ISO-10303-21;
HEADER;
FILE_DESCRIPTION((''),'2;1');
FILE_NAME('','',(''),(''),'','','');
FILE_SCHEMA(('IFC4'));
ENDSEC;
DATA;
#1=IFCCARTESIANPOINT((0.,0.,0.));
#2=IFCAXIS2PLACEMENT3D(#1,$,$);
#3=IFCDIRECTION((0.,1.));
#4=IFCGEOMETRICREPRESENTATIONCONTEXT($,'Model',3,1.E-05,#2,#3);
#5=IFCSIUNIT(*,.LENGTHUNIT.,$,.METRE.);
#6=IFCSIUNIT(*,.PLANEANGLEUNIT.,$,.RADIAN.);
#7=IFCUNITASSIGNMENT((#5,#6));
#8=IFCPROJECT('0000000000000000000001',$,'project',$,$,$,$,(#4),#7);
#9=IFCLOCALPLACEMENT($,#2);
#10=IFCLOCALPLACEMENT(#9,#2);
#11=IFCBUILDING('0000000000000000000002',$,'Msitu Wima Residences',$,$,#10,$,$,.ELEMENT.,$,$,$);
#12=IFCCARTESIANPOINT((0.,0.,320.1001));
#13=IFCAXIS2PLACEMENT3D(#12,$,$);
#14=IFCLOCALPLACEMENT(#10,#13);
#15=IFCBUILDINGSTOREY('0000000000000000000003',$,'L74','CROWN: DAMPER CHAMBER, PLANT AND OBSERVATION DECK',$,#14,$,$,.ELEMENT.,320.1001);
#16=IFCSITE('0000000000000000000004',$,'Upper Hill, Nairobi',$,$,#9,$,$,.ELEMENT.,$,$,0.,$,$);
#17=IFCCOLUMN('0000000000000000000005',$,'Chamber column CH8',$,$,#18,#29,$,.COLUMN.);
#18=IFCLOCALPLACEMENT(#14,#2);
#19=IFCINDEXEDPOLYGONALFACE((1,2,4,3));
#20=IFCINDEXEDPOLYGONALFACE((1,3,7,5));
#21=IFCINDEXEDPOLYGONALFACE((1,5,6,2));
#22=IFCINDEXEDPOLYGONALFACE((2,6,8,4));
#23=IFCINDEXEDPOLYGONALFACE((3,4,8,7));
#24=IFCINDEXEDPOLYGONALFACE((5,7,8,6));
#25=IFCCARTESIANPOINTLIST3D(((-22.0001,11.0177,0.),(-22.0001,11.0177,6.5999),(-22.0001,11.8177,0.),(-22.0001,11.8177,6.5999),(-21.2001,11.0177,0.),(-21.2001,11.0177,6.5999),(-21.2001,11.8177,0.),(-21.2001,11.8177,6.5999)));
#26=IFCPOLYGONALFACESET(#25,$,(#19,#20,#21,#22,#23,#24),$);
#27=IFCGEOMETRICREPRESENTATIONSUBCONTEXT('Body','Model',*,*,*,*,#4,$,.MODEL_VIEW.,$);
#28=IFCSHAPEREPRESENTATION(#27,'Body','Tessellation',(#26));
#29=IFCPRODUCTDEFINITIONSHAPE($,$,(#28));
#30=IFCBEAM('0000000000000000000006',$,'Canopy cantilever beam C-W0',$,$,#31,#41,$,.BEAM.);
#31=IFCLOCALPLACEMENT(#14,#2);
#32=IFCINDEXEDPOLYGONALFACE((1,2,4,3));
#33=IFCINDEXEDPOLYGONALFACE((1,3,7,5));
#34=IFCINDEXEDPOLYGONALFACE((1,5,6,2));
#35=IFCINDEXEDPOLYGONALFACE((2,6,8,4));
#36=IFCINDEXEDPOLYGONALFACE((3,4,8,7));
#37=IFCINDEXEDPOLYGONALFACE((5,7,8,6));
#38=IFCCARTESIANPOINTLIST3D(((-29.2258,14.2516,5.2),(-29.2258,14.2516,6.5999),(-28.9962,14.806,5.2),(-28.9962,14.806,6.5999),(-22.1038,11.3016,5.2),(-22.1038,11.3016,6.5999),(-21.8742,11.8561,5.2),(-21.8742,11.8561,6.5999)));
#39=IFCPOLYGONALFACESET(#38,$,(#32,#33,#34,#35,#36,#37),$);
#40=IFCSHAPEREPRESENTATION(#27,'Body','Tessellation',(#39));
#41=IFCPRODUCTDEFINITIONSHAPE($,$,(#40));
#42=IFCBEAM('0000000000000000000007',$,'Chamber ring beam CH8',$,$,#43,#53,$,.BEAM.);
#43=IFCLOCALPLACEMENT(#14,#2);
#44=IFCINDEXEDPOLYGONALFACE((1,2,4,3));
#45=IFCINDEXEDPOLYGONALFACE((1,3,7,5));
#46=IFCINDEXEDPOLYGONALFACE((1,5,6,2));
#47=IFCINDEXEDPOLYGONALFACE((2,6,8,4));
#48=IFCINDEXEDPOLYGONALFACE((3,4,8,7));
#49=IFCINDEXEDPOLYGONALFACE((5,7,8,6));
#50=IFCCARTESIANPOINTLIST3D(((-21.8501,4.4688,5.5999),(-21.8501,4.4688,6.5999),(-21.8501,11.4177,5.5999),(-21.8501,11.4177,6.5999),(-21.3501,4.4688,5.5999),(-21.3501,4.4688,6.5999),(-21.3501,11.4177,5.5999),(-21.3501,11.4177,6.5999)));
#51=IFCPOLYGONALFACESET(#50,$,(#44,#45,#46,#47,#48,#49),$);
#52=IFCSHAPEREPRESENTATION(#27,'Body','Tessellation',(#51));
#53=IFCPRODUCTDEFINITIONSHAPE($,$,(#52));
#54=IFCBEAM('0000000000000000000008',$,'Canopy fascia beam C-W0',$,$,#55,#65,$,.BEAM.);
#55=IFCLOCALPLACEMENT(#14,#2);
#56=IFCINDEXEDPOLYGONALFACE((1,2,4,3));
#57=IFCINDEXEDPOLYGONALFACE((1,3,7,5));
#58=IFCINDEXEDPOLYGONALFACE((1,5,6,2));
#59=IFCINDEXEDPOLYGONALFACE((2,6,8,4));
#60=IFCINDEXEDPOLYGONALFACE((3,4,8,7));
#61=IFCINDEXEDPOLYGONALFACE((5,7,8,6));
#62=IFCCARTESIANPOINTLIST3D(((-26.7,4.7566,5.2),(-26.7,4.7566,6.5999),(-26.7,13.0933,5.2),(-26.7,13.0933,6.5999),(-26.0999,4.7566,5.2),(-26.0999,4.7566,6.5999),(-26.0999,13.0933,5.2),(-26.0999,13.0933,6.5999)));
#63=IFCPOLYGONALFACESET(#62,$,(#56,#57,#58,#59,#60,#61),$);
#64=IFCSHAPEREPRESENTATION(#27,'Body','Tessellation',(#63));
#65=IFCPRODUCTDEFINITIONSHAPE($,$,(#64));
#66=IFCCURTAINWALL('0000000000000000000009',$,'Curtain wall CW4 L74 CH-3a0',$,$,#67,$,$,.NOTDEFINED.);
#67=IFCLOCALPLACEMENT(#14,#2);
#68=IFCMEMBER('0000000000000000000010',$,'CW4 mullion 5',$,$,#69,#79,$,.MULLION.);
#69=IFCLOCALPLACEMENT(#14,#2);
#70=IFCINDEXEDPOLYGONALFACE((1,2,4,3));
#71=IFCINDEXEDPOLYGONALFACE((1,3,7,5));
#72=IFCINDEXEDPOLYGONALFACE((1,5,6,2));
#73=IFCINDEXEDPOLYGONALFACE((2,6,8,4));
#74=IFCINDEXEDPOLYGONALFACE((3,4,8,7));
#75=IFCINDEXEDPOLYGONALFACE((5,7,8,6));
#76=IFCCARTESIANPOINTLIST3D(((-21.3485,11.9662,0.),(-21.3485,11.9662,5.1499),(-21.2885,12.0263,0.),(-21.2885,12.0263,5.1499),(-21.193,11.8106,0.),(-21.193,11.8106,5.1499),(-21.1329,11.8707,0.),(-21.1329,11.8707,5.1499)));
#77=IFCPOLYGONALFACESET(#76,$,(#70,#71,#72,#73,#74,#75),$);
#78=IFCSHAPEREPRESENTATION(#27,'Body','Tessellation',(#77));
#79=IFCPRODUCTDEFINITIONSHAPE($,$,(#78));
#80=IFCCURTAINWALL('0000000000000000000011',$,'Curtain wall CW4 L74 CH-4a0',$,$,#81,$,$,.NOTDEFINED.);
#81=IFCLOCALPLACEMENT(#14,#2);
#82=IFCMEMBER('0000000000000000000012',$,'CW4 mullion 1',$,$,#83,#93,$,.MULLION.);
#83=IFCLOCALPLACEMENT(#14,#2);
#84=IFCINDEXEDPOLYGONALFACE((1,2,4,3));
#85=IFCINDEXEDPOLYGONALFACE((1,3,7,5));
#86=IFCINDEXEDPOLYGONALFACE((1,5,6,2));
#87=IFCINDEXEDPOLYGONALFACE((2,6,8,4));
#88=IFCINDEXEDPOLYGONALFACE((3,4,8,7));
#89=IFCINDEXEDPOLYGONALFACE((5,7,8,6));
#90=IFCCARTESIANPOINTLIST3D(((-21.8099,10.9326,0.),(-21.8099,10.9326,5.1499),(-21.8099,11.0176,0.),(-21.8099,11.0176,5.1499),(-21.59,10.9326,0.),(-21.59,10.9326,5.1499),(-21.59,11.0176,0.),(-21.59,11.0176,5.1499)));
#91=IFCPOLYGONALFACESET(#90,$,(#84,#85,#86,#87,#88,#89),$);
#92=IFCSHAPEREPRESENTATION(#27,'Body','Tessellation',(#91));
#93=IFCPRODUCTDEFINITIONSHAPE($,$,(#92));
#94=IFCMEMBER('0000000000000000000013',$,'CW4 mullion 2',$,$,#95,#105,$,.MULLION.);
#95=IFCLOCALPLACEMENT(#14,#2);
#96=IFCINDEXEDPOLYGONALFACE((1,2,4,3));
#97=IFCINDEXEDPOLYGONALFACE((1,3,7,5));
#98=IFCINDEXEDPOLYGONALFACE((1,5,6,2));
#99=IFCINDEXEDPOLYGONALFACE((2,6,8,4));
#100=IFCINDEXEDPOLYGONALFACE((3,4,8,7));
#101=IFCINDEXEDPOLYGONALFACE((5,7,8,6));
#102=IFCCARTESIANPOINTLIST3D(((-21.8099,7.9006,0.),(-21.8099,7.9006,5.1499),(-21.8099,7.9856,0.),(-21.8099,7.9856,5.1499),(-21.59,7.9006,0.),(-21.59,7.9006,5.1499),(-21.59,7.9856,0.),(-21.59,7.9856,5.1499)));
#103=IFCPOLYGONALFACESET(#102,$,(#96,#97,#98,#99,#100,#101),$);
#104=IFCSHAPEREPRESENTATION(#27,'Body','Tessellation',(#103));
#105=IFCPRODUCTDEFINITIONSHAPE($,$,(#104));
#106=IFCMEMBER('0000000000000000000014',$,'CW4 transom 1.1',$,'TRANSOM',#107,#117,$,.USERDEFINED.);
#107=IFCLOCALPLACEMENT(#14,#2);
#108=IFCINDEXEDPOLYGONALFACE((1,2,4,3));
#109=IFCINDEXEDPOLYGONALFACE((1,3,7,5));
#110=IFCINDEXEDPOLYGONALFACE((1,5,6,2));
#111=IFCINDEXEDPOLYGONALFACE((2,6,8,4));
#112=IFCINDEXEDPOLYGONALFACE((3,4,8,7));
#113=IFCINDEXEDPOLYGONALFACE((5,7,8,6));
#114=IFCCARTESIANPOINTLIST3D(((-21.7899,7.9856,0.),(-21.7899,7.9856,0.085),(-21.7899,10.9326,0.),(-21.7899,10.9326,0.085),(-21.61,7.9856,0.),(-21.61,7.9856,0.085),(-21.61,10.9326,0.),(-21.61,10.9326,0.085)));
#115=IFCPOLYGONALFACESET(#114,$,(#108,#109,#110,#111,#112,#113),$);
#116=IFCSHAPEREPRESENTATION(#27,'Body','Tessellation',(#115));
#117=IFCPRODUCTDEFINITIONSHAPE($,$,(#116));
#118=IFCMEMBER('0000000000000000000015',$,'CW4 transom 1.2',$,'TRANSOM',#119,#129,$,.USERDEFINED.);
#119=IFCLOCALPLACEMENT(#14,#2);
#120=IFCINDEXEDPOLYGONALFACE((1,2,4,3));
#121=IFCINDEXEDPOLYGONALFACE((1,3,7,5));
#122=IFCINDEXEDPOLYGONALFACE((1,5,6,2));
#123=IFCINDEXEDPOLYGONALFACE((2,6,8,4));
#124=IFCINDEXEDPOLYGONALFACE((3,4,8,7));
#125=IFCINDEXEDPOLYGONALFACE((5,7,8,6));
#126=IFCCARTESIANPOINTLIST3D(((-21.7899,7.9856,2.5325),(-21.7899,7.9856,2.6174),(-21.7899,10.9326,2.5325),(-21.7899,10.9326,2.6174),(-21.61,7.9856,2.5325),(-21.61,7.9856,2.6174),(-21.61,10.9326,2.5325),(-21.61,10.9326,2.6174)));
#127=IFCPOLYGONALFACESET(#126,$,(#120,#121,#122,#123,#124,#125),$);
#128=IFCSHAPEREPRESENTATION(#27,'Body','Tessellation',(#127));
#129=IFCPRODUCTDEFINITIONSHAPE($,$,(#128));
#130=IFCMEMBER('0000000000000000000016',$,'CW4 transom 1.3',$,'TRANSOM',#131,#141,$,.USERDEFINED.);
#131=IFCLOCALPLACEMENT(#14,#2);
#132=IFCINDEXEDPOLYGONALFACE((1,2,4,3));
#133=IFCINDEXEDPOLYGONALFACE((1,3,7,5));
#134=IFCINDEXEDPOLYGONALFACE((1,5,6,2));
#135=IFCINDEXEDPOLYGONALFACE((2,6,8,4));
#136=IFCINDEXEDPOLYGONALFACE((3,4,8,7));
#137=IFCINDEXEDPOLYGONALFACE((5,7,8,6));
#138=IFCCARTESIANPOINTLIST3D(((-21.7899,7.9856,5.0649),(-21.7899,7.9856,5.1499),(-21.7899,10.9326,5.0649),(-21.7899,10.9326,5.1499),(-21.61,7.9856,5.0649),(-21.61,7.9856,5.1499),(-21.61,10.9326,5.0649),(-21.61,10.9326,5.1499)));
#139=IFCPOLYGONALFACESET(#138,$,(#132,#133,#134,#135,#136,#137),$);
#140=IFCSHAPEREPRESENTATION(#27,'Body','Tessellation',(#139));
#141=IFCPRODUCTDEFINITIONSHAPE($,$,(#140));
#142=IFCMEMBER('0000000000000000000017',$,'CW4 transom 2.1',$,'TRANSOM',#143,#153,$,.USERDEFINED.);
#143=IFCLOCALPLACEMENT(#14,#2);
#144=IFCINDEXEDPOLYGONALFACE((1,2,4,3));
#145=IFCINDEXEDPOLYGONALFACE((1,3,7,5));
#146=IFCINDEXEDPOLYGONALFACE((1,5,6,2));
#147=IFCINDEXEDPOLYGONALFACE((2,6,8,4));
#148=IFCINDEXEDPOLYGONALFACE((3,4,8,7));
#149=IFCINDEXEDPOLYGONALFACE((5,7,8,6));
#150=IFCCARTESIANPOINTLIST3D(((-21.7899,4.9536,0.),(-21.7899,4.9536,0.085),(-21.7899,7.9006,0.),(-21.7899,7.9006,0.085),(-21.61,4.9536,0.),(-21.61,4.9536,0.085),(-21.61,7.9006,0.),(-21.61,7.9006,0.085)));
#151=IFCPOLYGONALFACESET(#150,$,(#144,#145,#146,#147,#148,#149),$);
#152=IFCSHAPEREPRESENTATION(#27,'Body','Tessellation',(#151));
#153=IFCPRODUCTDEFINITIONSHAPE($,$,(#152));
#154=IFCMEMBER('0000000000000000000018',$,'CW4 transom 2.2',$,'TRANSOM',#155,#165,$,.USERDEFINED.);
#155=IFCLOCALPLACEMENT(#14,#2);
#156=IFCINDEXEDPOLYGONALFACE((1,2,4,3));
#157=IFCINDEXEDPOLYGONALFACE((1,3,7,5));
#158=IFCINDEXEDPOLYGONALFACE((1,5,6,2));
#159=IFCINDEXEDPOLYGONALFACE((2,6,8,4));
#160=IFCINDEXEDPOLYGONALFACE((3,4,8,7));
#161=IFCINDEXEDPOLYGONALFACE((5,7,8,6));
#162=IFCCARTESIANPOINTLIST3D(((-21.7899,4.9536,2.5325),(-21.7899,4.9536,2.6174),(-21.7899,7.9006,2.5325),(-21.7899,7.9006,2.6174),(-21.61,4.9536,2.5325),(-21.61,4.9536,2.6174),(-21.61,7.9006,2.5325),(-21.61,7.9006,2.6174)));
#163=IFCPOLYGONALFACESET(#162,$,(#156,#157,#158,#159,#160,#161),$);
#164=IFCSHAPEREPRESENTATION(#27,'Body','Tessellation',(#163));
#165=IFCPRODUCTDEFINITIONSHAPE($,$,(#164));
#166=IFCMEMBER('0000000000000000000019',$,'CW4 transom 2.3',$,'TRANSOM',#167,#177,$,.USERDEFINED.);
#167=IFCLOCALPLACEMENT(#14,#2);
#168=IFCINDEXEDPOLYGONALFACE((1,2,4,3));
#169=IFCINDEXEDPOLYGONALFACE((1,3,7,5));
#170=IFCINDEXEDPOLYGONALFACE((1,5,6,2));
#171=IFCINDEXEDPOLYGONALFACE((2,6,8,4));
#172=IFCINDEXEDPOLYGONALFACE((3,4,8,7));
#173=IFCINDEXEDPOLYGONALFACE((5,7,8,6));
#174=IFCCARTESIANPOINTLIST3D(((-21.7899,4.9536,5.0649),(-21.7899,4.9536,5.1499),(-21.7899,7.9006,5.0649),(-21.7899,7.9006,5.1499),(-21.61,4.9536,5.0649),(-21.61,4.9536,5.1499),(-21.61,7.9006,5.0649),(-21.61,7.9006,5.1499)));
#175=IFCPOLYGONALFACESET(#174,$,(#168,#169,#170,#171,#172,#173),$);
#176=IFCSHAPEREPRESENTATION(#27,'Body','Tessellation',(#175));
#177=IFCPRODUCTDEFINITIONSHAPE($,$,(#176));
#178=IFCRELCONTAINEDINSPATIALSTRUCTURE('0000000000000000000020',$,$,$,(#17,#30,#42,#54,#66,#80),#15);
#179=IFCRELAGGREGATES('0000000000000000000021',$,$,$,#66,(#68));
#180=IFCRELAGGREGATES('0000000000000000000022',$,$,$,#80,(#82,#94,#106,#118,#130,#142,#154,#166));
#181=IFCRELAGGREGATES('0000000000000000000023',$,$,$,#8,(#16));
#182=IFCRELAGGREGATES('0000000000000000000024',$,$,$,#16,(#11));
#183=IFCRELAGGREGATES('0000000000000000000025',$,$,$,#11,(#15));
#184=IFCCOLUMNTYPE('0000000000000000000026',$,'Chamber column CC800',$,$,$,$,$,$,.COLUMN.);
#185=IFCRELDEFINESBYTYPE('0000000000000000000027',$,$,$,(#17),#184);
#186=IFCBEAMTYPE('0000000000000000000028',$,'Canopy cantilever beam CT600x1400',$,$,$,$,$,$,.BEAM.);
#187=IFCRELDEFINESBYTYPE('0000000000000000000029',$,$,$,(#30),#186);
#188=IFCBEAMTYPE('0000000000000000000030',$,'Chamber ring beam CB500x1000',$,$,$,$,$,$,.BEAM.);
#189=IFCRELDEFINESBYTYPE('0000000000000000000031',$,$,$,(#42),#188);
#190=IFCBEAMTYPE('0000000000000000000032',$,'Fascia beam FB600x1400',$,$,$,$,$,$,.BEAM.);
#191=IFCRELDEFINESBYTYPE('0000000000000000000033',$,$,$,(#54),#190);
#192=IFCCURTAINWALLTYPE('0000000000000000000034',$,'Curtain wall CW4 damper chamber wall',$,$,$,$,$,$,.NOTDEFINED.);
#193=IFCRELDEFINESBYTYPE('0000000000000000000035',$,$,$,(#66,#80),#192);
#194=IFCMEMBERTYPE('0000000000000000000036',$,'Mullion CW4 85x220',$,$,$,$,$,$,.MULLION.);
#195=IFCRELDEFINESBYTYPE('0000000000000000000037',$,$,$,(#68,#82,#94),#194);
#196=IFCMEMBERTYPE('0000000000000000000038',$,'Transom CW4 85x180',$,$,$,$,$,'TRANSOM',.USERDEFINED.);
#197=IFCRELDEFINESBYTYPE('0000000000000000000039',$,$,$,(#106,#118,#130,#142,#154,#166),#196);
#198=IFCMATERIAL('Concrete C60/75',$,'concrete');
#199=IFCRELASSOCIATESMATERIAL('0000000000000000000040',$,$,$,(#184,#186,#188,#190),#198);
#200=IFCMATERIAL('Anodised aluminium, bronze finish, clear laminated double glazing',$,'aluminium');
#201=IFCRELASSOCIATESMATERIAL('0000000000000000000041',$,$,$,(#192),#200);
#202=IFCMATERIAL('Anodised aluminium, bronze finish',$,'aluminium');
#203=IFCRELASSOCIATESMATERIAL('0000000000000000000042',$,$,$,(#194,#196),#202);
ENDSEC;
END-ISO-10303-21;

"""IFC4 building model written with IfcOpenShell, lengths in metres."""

from ifc_helpers import new_model, si_unit, direction, frame, origin, origin_2d, place, context, subcontext, project, spatial, rectangle, extrude, material, material_profile, profile_set, type_object, element, aggregate, save


model = new_model("IFC4")

# Units and contexts
model_context = context("Model", 3, precision=1e-05, world=origin(), true_north=direction((0.0, 1.0)))
body_context = subcontext(model_context, "Body", "Model", "MODEL_VIEW")
ifc_project = project(units=[si_unit("LENGTHUNIT", "METRE"), si_unit("PLANEANGLEUNIT", "RADIAN")], contexts=[model_context])

# Site, building, storey
site_placement = place(None, origin())
site = spatial("IfcSite", under=ifc_project, at=site_placement, Name="Upper Hill, Nairobi", CompositionType="ELEMENT", RefElevation=0.0)
building_placement = place(site_placement, origin())
building = spatial("IfcBuilding", under=site, at=building_placement, Name="Msitu Wima Residences", CompositionType="ELEMENT")
storey_placement = place(building_placement, frame((0.0, 0.0, 320.1001)))
storey = spatial("IfcBuildingStorey", under=building, at=storey_placement, Name="L74", Description="CROWN: DAMPER CHAMBER, PLANT AND OBSERVATION DECK", CompositionType="ELEMENT", Elevation=320.1001)

# Column
ifc_material_1 = material(Name="Concrete C60/75", Category="concrete")
ifc_material_profile_1 = material_profile(ifc_material_1, rectangle(XDim=0.8, YDim=0.8, at=origin_2d()), Name="RC 800x800")
ifc_profile_set_1 = profile_set([ifc_material_profile_1], Name="Concrete C60/75")
column_type = type_object("IfcColumnType", Name="Chamber column CC800", PredefinedType="COLUMN", material=ifc_profile_set_1)
column_placement = place(storey_placement, frame((-21.6001, 11.4177, 0.0), z_axis=(0.0, 0.0, 1.0), x_axis=(1.0, 0.0, 0.0)))
element("IfcColumn", 1, at=column_placement, inside=storey, type_object=column_type, Name="Chamber column CH8", PredefinedType="COLUMN", context=body_context, shape_type="SweptSolid", body=[
    extrude(rectangle(XDim=0.8, YDim=0.8, at=origin_2d()), origin(), (0.0, 0.0, 1.0), 6.5999),
])

# Beams
ifc_material_profile_2 = material_profile(ifc_material_1, rectangle(XDim=0.6001, YDim=1.3999, at=origin_2d()), Name="RC 600x1400")
ifc_profile_set_2 = profile_set([ifc_material_profile_2], Name="Concrete C60/75")
beam_type_1 = type_object("IfcBeamType", Name="Canopy cantilever beam CT600x1400", PredefinedType="BEAM", material=ifc_profile_set_2)
beam_1_placement = place(storey_placement, frame((-21.989, 11.5789, 5.8999), z_axis=(-0.923884, 0.382672, 0.0), x_axis=(-0.382672, -0.923884, 0.0)))
element("IfcBeam", 2, at=beam_1_placement, inside=storey, type_object=beam_type_1, Name="Canopy cantilever beam C-W0", PredefinedType="BEAM", context=body_context, shape_type="SweptSolid", body=[
    extrude(rectangle(XDim=0.6001, YDim=1.3999, at=origin_2d()), origin(), (0.0, 0.0, 1.0), 7.7087),
])
ifc_material_profile_3 = material_profile(ifc_material_1, rectangle(XDim=0.5, YDim=1.0, at=origin_2d()), Name="RC 500x1000")
ifc_profile_set_3 = profile_set([ifc_material_profile_3], Name="Concrete C60/75")
beam_type_2 = type_object("IfcBeamType", Name="Chamber ring beam CB500x1000", PredefinedType="BEAM", material=ifc_profile_set_3)
beam_2_placement = place(storey_placement, frame((-21.6001, 11.4177, 6.0999), z_axis=(0.0, -1.0, 0.0), x_axis=(1.0, 0.0, 0.0)))
element("IfcBeam", 3, at=beam_2_placement, inside=storey, type_object=beam_type_2, Name="Chamber ring beam CH8", PredefinedType="BEAM", context=body_context, shape_type="SweptSolid", body=[
    extrude(rectangle(XDim=0.5, YDim=1.0, at=origin_2d()), origin(), (0.0, 0.0, 1.0), 6.949),
])
ifc_material_profile_4 = material_profile(ifc_material_1, rectangle(XDim=0.6001, YDim=1.3999, at=origin_2d()), Name="RC 600x1400")
ifc_profile_set_4 = profile_set([ifc_material_profile_4], Name="Concrete C60/75")
beam_type_3 = type_object("IfcBeamType", Name="Fascia beam FB600x1400", PredefinedType="BEAM", material=ifc_profile_set_4)
beam_3_placement = place(storey_placement, frame((-26.3999, 13.0933, 5.8999), z_axis=(0.0, -1.0, 0.0), x_axis=(1.0, 0.0, 0.0)))
element("IfcBeam", 4, at=beam_3_placement, inside=storey, type_object=beam_type_3, Name="Canopy fascia beam C-W0", PredefinedType="BEAM", context=body_context, shape_type="SweptSolid", body=[
    extrude(rectangle(XDim=0.6001, YDim=1.3999, at=origin_2d()), origin(), (0.0, 0.0, 1.0), 8.3367),
])

# Curtain wall, member
ifc_material_2 = material(Name="Anodised aluminium, bronze finish, clear laminated double glazing", Category="aluminium")
curtain_wall_type = type_object("IfcCurtainWallType", Name="Curtain wall CW4 damper chamber wall", PredefinedType="NOTDEFINED", material=ifc_material_2)
curtain_wall_1_placement = place(storey_placement, origin())
curtain_wall_1 = element("IfcCurtainWall", 5, at=curtain_wall_1_placement, inside=storey, type_object=curtain_wall_type, Name="Curtain wall CW4 L74 CH-3a0", PredefinedType="NOTDEFINED")
ifc_material_3 = material(Name="Anodised aluminium, bronze finish", Category="aluminium")
ifc_material_profile_5 = material_profile(ifc_material_3, rectangle(XDim=0.22, YDim=0.085, at=origin_2d()), Name="Mullion 85x220")
ifc_profile_set_5 = profile_set([ifc_material_profile_5], Name="Anodised aluminium, bronze finish")
member_type_1 = type_object("IfcMemberType", Name="Mullion CW4 85x220", PredefinedType="MULLION", material=ifc_profile_set_5)
member_1_placement = place(storey_placement, frame((-21.2407, 11.9185, 0.0), z_axis=(0.0, 0.0, 1.0), x_axis=(0.707107, -0.707107, 0.0)))
member_1 = element("IfcMember", 6, at=member_1_placement, type_object=member_type_1, Name="CW4 mullion 5", PredefinedType="MULLION", context=body_context, shape_type="SweptSolid", body=[
    extrude(rectangle(XDim=0.22, YDim=0.085, at=origin_2d()), origin(), (0.0, 0.0, 1.0), 5.1499),
])
aggregate(curtain_wall_1, [member_1])

# Curtain wall, members
curtain_wall_2_placement = place(storey_placement, origin())
curtain_wall_2 = element("IfcCurtainWall", 7, at=curtain_wall_2_placement, inside=storey, type_object=curtain_wall_type, Name="Curtain wall CW4 L74 CH-4a0", PredefinedType="NOTDEFINED")
member_2_placement = place(storey_placement, frame((-21.7, 10.9751, 0.0), z_axis=(0.0, 0.0, 1.0), x_axis=(1.0, 0.0, 0.0)))
member_2 = element("IfcMember", 8, at=member_2_placement, type_object=member_type_1, Name="CW4 mullion 1", PredefinedType="MULLION", context=body_context, shape_type="SweptSolid", body=[
    extrude(rectangle(XDim=0.22, YDim=0.085, at=origin_2d()), origin(), (0.0, 0.0, 1.0), 5.1499),
])
member_3_placement = place(storey_placement, frame((-21.7, 7.9431, 0.0), z_axis=(0.0, 0.0, 1.0), x_axis=(1.0, 0.0, 0.0)))
member_3 = element("IfcMember", 9, at=member_3_placement, type_object=member_type_1, Name="CW4 mullion 2", PredefinedType="MULLION", context=body_context, shape_type="SweptSolid", body=[
    extrude(rectangle(XDim=0.22, YDim=0.085, at=origin_2d()), origin(), (0.0, 0.0, 1.0), 5.1499),
])
ifc_material_profile_6 = material_profile(ifc_material_3, rectangle(XDim=0.1799, YDim=0.085, at=origin_2d()), Name="Transom 85x180")
ifc_profile_set_6 = profile_set([ifc_material_profile_6], Name="Anodised aluminium, bronze finish")
member_type_2 = type_object("IfcMemberType", Name="Transom CW4 85x180", ElementType="TRANSOM", PredefinedType="USERDEFINED", material=ifc_profile_set_6)
member_4_placement = place(storey_placement, frame((-21.7, 10.9326, 0.0425), z_axis=(0.0, -1.0, 0.0), x_axis=(1.0, 0.0, 0.0)))
member_4 = element("IfcMember", 10, at=member_4_placement, type_object=member_type_2, Name="CW4 transom 1.1", ObjectType="TRANSOM", PredefinedType="USERDEFINED", context=body_context, shape_type="SweptSolid", body=[
    extrude(rectangle(XDim=0.1799, YDim=0.085, at=origin_2d()), origin(), (0.0, 0.0, 1.0), 2.947),
])
member_5_placement = place(storey_placement, frame((-21.7, 10.9326, 2.575), z_axis=(0.0, -1.0, 0.0), x_axis=(1.0, 0.0, 0.0)))
member_5 = element("IfcMember", 11, at=member_5_placement, type_object=member_type_2, Name="CW4 transom 1.2", ObjectType="TRANSOM", PredefinedType="USERDEFINED", context=body_context, shape_type="SweptSolid", body=[
    extrude(rectangle(XDim=0.1799, YDim=0.085, at=origin_2d()), origin(), (0.0, 0.0, 1.0), 2.947),
])
member_6_placement = place(storey_placement, frame((-21.7, 10.9326, 5.1074), z_axis=(0.0, -1.0, 0.0), x_axis=(1.0, 0.0, 0.0)))
member_6 = element("IfcMember", 12, at=member_6_placement, type_object=member_type_2, Name="CW4 transom 1.3", ObjectType="TRANSOM", PredefinedType="USERDEFINED", context=body_context, shape_type="SweptSolid", body=[
    extrude(rectangle(XDim=0.1799, YDim=0.085, at=origin_2d()), origin(), (0.0, 0.0, 1.0), 2.947),
])
member_7_placement = place(storey_placement, frame((-21.7, 7.9006, 0.0425), z_axis=(0.0, -1.0, 0.0), x_axis=(1.0, 0.0, 0.0)))
member_7 = element("IfcMember", 13, at=member_7_placement, type_object=member_type_2, Name="CW4 transom 2.1", ObjectType="TRANSOM", PredefinedType="USERDEFINED", context=body_context, shape_type="SweptSolid", body=[
    extrude(rectangle(XDim=0.1799, YDim=0.085, at=origin_2d()), origin(), (0.0, 0.0, 1.0), 2.947),
])
member_8_placement = place(storey_placement, frame((-21.7, 7.9006, 2.575), z_axis=(0.0, -1.0, 0.0), x_axis=(1.0, 0.0, 0.0)))
member_8 = element("IfcMember", 14, at=member_8_placement, type_object=member_type_2, Name="CW4 transom 2.2", ObjectType="TRANSOM", PredefinedType="USERDEFINED", context=body_context, shape_type="SweptSolid", body=[
    extrude(rectangle(XDim=0.1799, YDim=0.085, at=origin_2d()), origin(), (0.0, 0.0, 1.0), 2.947),
])
member_9_placement = place(storey_placement, frame((-21.7, 7.9006, 5.1074), z_axis=(0.0, -1.0, 0.0), x_axis=(1.0, 0.0, 0.0)))
member_9 = element("IfcMember", 15, at=member_9_placement, type_object=member_type_2, Name="CW4 transom 2.3", ObjectType="TRANSOM", PredefinedType="USERDEFINED", context=body_context, shape_type="SweptSolid", body=[
    extrude(rectangle(XDim=0.1799, YDim=0.085, at=origin_2d()), origin(), (0.0, 0.0, 1.0), 2.947),
])
aggregate(curtain_wall_2, [member_2, member_3, member_4, member_5, member_6, member_7, member_8, member_9])

save(model, "model.ifc")
